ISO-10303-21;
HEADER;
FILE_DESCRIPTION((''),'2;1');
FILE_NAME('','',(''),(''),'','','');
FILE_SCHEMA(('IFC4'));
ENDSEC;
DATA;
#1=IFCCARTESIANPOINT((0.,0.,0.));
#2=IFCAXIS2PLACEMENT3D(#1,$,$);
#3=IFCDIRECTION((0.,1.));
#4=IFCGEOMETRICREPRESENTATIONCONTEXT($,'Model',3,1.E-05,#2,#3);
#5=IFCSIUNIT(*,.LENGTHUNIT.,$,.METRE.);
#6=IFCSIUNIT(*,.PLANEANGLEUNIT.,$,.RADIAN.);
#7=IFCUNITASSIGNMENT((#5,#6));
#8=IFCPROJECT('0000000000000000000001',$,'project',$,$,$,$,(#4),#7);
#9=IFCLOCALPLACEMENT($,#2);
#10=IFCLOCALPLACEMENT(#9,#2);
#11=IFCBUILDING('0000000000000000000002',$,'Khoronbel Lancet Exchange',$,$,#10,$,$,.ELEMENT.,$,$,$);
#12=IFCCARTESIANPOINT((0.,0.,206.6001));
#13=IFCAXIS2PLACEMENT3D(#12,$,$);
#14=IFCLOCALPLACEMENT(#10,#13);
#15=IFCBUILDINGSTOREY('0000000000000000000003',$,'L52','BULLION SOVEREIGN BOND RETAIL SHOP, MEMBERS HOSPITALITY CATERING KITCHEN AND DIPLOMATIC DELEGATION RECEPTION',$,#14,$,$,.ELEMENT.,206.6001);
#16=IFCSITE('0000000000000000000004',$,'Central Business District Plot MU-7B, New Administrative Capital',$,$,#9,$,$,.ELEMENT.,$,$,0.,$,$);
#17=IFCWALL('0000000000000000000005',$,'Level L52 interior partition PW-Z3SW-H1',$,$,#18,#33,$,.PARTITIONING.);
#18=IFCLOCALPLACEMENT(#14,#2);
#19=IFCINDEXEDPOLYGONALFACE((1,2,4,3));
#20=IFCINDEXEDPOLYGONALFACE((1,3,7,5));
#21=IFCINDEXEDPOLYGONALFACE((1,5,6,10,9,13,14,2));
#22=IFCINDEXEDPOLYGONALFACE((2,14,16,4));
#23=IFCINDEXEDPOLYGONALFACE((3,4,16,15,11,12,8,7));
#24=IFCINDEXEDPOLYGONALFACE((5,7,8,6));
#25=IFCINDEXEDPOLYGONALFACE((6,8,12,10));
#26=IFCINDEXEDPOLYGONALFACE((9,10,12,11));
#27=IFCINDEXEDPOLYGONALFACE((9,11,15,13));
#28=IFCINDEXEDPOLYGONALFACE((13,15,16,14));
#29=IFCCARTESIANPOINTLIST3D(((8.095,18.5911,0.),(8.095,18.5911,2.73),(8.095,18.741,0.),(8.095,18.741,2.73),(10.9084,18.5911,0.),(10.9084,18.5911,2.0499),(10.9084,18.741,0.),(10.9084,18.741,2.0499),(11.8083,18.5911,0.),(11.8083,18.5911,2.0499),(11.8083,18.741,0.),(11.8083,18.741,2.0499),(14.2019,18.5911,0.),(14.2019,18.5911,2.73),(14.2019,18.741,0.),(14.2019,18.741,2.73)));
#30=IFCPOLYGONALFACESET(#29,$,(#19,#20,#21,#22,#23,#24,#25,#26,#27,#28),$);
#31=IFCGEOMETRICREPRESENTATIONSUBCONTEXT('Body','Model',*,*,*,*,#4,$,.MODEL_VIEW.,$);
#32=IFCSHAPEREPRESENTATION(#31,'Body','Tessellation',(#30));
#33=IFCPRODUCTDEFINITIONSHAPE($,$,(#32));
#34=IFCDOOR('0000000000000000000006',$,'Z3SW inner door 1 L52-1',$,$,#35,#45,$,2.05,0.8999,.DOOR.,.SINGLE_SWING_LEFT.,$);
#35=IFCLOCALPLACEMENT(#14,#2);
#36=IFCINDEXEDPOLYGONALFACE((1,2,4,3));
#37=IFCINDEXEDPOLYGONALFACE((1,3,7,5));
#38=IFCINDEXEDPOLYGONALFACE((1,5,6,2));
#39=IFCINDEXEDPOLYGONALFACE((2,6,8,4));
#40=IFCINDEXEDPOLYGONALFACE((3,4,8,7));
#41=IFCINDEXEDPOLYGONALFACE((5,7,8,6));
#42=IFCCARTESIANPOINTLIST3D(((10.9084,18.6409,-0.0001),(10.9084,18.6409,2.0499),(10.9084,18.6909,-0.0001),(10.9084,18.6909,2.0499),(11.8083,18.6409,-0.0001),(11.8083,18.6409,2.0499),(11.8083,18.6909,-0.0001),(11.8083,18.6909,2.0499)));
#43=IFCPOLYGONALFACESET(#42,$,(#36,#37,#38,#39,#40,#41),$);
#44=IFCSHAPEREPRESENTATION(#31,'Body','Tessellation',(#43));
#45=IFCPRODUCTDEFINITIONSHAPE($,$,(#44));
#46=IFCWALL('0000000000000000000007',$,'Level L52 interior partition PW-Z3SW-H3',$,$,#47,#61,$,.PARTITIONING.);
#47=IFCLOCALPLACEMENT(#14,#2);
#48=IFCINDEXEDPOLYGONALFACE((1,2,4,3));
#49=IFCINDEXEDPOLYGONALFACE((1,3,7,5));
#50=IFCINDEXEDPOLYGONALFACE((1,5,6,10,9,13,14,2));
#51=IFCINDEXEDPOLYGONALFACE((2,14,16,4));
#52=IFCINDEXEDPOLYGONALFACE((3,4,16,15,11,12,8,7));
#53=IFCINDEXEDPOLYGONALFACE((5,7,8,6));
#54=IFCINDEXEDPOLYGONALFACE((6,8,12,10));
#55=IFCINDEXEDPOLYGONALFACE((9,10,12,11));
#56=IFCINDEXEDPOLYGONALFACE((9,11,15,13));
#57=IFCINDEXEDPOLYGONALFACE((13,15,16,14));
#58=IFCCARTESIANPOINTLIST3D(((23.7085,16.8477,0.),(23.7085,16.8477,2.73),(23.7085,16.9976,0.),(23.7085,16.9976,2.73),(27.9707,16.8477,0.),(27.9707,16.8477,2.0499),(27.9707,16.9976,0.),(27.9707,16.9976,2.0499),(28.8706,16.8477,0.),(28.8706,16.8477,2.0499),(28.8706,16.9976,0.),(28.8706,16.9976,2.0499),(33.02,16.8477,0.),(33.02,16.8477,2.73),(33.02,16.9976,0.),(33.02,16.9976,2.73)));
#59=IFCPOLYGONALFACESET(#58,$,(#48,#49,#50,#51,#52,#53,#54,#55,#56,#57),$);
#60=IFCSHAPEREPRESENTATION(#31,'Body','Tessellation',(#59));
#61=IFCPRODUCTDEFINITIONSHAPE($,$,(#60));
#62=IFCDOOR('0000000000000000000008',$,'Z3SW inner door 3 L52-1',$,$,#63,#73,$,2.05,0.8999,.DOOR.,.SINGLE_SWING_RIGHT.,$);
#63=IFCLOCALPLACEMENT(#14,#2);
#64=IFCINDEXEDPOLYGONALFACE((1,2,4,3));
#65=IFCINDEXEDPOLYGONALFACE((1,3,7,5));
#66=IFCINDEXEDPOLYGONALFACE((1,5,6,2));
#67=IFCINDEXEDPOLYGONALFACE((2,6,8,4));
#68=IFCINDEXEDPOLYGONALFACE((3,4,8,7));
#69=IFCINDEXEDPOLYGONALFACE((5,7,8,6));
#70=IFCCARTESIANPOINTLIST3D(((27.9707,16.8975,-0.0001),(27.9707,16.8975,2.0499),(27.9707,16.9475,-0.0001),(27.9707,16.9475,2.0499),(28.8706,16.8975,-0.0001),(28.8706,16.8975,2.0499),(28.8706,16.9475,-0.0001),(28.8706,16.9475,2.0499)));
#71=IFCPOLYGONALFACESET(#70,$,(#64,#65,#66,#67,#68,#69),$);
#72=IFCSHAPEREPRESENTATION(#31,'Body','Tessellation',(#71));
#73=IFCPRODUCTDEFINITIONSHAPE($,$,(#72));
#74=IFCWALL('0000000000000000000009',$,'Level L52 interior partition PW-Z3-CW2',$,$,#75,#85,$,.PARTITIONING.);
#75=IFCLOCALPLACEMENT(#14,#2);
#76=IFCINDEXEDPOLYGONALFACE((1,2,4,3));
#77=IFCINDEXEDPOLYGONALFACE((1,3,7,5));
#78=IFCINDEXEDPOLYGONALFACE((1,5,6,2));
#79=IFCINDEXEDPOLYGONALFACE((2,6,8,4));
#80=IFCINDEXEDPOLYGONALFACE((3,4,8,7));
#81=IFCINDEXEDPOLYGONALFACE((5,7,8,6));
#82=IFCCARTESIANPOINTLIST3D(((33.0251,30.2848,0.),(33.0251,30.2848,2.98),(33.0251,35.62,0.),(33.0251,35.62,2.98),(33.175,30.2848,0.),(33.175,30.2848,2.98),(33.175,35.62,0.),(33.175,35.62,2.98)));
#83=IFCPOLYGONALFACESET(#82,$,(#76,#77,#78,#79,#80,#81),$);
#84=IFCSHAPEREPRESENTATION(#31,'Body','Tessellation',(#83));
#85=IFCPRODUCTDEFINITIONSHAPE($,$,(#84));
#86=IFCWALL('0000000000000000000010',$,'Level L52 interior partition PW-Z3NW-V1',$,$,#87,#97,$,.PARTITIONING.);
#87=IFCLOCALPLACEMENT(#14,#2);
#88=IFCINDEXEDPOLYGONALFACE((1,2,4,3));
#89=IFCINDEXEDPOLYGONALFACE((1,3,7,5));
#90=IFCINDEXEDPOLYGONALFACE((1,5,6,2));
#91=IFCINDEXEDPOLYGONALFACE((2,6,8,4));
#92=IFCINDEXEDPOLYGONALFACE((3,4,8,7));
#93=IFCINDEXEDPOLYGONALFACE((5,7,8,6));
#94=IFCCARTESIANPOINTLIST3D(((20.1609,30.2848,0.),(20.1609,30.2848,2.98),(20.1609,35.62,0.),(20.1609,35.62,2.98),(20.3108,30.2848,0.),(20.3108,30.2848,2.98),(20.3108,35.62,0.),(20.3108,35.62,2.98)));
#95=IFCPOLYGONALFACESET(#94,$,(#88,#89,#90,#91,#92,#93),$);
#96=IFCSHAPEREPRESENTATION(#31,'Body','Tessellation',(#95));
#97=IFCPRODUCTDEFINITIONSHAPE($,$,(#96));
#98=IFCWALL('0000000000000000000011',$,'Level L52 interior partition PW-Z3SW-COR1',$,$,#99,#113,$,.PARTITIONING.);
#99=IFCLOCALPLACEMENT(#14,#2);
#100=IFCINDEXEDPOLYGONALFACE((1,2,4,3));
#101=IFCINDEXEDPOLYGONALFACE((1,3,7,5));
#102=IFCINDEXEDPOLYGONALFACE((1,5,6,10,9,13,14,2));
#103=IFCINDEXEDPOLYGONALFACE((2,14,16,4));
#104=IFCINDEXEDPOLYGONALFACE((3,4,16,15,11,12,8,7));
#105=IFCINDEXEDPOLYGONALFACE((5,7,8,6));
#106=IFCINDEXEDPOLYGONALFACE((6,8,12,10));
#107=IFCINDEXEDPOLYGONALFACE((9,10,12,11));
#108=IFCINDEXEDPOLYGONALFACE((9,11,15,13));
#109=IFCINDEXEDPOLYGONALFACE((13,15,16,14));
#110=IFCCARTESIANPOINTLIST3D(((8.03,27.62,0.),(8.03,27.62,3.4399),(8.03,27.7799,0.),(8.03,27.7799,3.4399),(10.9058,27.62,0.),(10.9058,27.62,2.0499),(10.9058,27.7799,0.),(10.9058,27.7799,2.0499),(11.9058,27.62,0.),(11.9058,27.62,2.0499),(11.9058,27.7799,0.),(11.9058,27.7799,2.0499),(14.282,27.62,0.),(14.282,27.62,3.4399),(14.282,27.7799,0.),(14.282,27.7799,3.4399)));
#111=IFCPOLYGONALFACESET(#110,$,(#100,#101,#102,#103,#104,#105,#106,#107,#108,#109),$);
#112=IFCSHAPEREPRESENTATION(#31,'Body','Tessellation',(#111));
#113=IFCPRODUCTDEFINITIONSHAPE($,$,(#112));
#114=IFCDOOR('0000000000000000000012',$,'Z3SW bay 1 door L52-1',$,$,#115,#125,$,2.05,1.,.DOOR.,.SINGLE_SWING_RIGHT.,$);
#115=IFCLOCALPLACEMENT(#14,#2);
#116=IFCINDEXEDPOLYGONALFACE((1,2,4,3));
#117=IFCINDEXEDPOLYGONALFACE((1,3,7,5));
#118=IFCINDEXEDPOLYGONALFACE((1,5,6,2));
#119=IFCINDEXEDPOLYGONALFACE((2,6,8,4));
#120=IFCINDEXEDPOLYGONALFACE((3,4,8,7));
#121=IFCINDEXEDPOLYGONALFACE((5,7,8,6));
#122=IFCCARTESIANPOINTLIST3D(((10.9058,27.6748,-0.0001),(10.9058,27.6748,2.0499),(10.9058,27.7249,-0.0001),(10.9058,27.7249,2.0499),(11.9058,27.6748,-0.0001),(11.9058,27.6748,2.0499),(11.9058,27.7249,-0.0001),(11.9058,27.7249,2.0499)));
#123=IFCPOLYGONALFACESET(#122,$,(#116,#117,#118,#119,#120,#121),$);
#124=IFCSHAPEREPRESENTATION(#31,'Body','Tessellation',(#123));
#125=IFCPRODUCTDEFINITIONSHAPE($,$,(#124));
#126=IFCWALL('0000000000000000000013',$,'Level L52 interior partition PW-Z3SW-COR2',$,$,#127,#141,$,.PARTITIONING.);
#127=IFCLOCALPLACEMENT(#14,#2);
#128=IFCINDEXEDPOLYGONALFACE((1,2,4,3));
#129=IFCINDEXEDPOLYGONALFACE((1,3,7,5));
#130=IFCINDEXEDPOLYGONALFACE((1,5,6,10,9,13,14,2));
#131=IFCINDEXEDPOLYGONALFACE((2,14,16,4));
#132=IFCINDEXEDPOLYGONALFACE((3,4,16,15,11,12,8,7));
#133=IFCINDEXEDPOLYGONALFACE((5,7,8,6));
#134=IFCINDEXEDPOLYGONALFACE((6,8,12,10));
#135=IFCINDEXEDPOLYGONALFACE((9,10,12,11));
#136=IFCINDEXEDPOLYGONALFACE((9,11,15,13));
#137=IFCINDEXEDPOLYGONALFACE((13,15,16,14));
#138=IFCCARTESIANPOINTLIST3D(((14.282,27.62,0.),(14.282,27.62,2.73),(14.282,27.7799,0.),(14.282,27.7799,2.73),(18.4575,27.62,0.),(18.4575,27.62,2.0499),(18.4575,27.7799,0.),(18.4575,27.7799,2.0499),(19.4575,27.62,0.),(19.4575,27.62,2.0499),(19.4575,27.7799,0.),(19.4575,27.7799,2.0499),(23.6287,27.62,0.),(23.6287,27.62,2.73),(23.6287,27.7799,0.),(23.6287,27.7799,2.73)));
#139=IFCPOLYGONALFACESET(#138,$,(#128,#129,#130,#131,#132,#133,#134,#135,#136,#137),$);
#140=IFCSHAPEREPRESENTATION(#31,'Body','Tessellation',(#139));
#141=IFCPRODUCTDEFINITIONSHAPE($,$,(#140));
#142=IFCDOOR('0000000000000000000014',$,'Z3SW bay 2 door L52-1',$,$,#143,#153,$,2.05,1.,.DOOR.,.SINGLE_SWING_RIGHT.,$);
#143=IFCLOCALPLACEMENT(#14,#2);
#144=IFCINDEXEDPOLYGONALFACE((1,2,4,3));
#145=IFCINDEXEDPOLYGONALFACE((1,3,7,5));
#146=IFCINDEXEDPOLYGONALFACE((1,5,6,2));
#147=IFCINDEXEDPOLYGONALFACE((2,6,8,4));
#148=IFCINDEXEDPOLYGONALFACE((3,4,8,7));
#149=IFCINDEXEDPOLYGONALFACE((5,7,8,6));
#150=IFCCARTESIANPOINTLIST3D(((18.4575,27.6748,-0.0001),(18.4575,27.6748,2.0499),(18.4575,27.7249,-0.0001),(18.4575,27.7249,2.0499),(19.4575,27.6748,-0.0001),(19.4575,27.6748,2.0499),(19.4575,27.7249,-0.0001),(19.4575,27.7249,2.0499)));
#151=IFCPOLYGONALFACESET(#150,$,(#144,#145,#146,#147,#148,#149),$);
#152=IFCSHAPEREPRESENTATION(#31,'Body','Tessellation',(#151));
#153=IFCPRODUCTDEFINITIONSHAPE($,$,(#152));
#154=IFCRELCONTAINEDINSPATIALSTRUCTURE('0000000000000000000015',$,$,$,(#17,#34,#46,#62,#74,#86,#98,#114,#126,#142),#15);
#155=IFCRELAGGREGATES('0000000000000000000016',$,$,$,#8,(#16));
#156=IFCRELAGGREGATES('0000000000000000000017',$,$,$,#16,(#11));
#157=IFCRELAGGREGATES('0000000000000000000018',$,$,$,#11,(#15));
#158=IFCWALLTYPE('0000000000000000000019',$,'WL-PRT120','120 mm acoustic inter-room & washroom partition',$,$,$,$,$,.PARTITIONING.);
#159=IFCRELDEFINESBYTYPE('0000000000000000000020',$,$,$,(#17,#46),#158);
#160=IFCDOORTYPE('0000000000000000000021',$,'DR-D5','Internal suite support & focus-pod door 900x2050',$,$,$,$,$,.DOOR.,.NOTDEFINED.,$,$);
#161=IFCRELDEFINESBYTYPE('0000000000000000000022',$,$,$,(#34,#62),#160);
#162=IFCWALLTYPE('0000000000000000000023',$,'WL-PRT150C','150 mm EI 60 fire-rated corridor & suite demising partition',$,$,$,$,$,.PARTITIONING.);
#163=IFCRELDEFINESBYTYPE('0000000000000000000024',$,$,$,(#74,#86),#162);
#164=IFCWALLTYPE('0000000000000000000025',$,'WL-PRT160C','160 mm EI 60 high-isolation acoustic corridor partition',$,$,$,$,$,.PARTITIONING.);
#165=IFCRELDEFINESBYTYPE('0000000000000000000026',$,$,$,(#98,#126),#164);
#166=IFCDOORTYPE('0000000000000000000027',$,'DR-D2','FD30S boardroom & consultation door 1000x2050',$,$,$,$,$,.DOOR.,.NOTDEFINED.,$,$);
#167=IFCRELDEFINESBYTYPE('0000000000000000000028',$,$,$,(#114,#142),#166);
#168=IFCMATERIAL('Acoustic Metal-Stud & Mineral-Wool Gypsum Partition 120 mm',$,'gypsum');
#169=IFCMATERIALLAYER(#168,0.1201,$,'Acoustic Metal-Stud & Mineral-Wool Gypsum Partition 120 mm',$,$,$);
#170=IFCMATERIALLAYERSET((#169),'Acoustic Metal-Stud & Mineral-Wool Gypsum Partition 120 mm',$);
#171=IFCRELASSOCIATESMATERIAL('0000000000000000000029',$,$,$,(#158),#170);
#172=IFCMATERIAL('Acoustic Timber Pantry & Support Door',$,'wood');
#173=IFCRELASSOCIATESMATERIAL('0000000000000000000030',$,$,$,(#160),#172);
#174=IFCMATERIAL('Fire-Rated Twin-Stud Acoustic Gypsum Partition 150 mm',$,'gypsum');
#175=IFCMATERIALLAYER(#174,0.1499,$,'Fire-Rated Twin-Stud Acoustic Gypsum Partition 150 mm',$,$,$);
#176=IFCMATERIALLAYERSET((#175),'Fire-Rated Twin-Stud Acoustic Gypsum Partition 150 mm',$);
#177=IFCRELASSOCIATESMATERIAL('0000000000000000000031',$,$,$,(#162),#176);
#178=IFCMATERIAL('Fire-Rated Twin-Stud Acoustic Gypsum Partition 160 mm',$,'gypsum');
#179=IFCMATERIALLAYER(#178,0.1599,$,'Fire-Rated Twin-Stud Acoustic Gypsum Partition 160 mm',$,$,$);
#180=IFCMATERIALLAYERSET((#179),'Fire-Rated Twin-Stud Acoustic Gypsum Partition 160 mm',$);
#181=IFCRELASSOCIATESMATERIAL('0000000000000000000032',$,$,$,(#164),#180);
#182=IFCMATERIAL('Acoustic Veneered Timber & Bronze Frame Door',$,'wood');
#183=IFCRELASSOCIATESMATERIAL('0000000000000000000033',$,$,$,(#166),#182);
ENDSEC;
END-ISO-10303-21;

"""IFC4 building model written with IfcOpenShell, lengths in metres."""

from ifc_helpers import new_model, si_unit, direction, frame, frame_2d, origin, place, context, subcontext, project, spatial, rectangle, extrude, material, layer, layer_set, type_object, element, fill, save


model = new_model("IFC4")

# Units and contexts
model_context = context("Model", 3, precision=1e-05, world=origin(), true_north=direction((0.0, 1.0)))
body_context = subcontext(model_context, "Body", "Model", "MODEL_VIEW")
ifc_project = project(units=[si_unit("LENGTHUNIT", "METRE"), si_unit("PLANEANGLEUNIT", "RADIAN")], contexts=[model_context])

# Site, building, storey
site_placement = place(None, origin())
site = spatial("IfcSite", under=ifc_project, at=site_placement, Name="Central Business District Plot MU-7B, New Administrative Capital", CompositionType="ELEMENT", RefElevation=0.0)
building_placement = place(site_placement, origin())
building = spatial("IfcBuilding", under=site, at=building_placement, Name="Khoronbel Lancet Exchange", CompositionType="ELEMENT")
storey_placement = place(building_placement, frame((0.0, 0.0, 206.6001)))
storey = spatial("IfcBuildingStorey", under=building, at=storey_placement, Name="L52", Description="BULLION SOVEREIGN BOND RETAIL SHOP, MEMBERS HOSPITALITY CATERING KITCHEN AND DIPLOMATIC DELEGATION RECEPTION", CompositionType="ELEMENT", Elevation=206.6001)

# Walls, openings, doors
ifc_material_1 = material(Name="Acoustic Metal-Stud & Mineral-Wool Gypsum Partition 120 mm", Category="gypsum")
ifc_layer_1 = layer(ifc_material_1, 0.1201, Name="Acoustic Metal-Stud & Mineral-Wool Gypsum Partition 120 mm")
ifc_layer_set_1 = layer_set([ifc_layer_1], Name="Acoustic Metal-Stud & Mineral-Wool Gypsum Partition 120 mm")
wall_type_1 = type_object("IfcWallType", Name="WL-PRT120", Description="120 mm acoustic inter-room & washroom partition", PredefinedType="PARTITIONING", material=ifc_layer_set_1)
wall_1_placement = place(storey_placement, frame((8.095, 18.666, 0.0), z_axis=(0.0, 0.0, 1.0), x_axis=(1.0, 0.0, 0.0)))
wall_1 = element("IfcWall", 1, at=wall_1_placement, inside=storey, type_object=wall_type_1, Name="Level L52 interior partition PW-Z3SW-H1", PredefinedType="PARTITIONING", context=body_context, shape_type="SweptSolid", body=[
    extrude(rectangle(XDim=6.1069, YDim=0.1499, at=frame_2d((3.0535, 0.0))), origin(), (0.0, 0.0, 1.0), 2.73),
])
opening_1_placement = place(wall_1_placement, frame((2.8135, 0.0, 0.0)))
opening_1 = element("IfcOpeningElement", 2, at=opening_1_placement, cuts=wall_1, PredefinedType="OPENING", context=body_context, shape_type="SweptSolid", body=[
    extrude(rectangle(XDim=0.8999, YDim=2.05, at=frame_2d((0.45, 1.0249))), frame((0.0, 0.085, 0.0), z_axis=(0.0, -1.0, 0.0), x_axis=(1.0, 0.0, 0.0)), (0.0, 0.0, 1.0), 0.1699),
])
ifc_material_2 = material(Name="Acoustic Timber Pantry & Support Door", Category="wood")
door_type_1 = type_object("IfcDoorType", Name="DR-D5", Description="Internal suite support & focus-pod door 900x2050", OperationType="NOTDEFINED", PredefinedType="DOOR", material=ifc_material_2)
door_1_placement = place(opening_1_placement, origin())
door_1 = element("IfcDoor", 3, at=door_1_placement, inside=storey, type_object=door_type_1, Name="Z3SW inner door 1 L52-1", OperationType="SINGLE_SWING_LEFT", OverallHeight=2.05, OverallWidth=0.8999, PredefinedType="DOOR", context=body_context, shape_type="SweptSolid", body=[
    extrude(rectangle(XDim=0.8999, YDim=2.05, at=frame_2d((0.45, 1.0249))), frame((0.0, 0.0249, 0.0), z_axis=(0.0, -1.0, 0.0), x_axis=(1.0, 0.0, 0.0)), (0.0, 0.0, 1.0), 0.05),
])
fill(opening_1, door_1)
wall_2_placement = place(storey_placement, frame((23.7085, 16.9226, 0.0), z_axis=(0.0, 0.0, 1.0), x_axis=(1.0, 0.0, 0.0)))
wall_2 = element("IfcWall", 4, at=wall_2_placement, inside=storey, type_object=wall_type_1, Name="Level L52 interior partition PW-Z3SW-H3", PredefinedType="PARTITIONING", context=body_context, shape_type="SweptSolid", body=[
    extrude(rectangle(XDim=9.3115, YDim=0.1499, at=frame_2d((4.6558, 0.0))), origin(), (0.0, 0.0, 1.0), 2.73),
])
opening_2_placement = place(wall_2_placement, frame((4.2622, 0.0, 0.0)))
opening_2 = element("IfcOpeningElement", 5, at=opening_2_placement, cuts=wall_2, PredefinedType="OPENING", context=body_context, shape_type="SweptSolid", body=[
    extrude(rectangle(XDim=0.8999, YDim=2.05, at=frame_2d((0.45, 1.0249))), frame((0.0, 0.085, 0.0), z_axis=(0.0, -1.0, 0.0), x_axis=(1.0, 0.0, 0.0)), (0.0, 0.0, 1.0), 0.1699),
])
door_2_placement = place(opening_2_placement, origin())
door_2 = element("IfcDoor", 6, at=door_2_placement, inside=storey, type_object=door_type_1, Name="Z3SW inner door 3 L52-1", OperationType="SINGLE_SWING_RIGHT", OverallHeight=2.05, OverallWidth=0.8999, PredefinedType="DOOR", context=body_context, shape_type="SweptSolid", body=[
    extrude(rectangle(XDim=0.8999, YDim=2.05, at=frame_2d((0.45, 1.0249))), frame((0.0, 0.0249, 0.0), z_axis=(0.0, -1.0, 0.0), x_axis=(1.0, 0.0, 0.0)), (0.0, 0.0, 1.0), 0.05),
])
fill(opening_2, door_2)

# Walls
ifc_material_3 = material(Name="Fire-Rated Twin-Stud Acoustic Gypsum Partition 150 mm", Category="gypsum")
ifc_layer_2 = layer(ifc_material_3, 0.1499, Name="Fire-Rated Twin-Stud Acoustic Gypsum Partition 150 mm")
ifc_layer_set_2 = layer_set([ifc_layer_2], Name="Fire-Rated Twin-Stud Acoustic Gypsum Partition 150 mm")
wall_type_2 = type_object("IfcWallType", Name="WL-PRT150C", Description="150 mm EI 60 fire-rated corridor & suite demising partition", PredefinedType="PARTITIONING", material=ifc_layer_set_2)
for number, where, z_axis, x_axis, name in (
    (7, (33.1001, 30.2849, 0.0), (0.0, 0.0, 1.0), (0.0, 1.0, 0.0), "Level L52 interior partition PW-Z3-CW2"),
    (8, (20.2358, 30.2849, 0.0), (0.0, 0.0, 1.0), (0.0, 1.0, 0.0), "Level L52 interior partition PW-Z3NW-V1"),
):
    element("IfcWall", number, at=place(storey_placement, frame(where, z_axis=z_axis, x_axis=x_axis)), inside=storey, type_object=wall_type_2, Name=name, PredefinedType="PARTITIONING", context=body_context, shape_type="SweptSolid", body=[
        extrude(rectangle(XDim=5.3352, YDim=0.1499, at=frame_2d((2.6675, 0.0))), origin(), (0.0, 0.0, 1.0), 2.98),
    ])

# Walls, openings, doors
ifc_material_4 = material(Name="Fire-Rated Twin-Stud Acoustic Gypsum Partition 160 mm", Category="gypsum")
ifc_layer_3 = layer(ifc_material_4, 0.1599, Name="Fire-Rated Twin-Stud Acoustic Gypsum Partition 160 mm")
ifc_layer_set_3 = layer_set([ifc_layer_3], Name="Fire-Rated Twin-Stud Acoustic Gypsum Partition 160 mm")
wall_type_3 = type_object("IfcWallType", Name="WL-PRT160C", Description="160 mm EI 60 high-isolation acoustic corridor partition", PredefinedType="PARTITIONING", material=ifc_layer_set_3)
wall_3_placement = place(storey_placement, frame((8.03, 27.7, 0.0), z_axis=(0.0, 0.0, 1.0), x_axis=(1.0, 0.0, 0.0)))
wall_3 = element("IfcWall", 9, at=wall_3_placement, inside=storey, type_object=wall_type_3, Name="Level L52 interior partition PW-Z3SW-COR1", PredefinedType="PARTITIONING", context=body_context, shape_type="SweptSolid", body=[
    extrude(rectangle(XDim=6.252, YDim=0.1599, at=frame_2d((3.126, 0.0))), origin(), (0.0, 0.0, 1.0), 3.4399),
])
opening_3_placement = place(wall_3_placement, frame((2.8757, 0.0, 0.0)))
opening_3 = element("IfcOpeningElement", 10, at=opening_3_placement, cuts=wall_3, PredefinedType="OPENING", context=body_context, shape_type="SweptSolid", body=[
    extrude(rectangle(XDim=1.0, YDim=2.05, at=frame_2d((0.5, 1.0249))), frame((0.0, 0.0898, 0.0), z_axis=(0.0, -1.0, 0.0), x_axis=(1.0, 0.0, 0.0)), (0.0, 0.0, 1.0), 0.1799),
])
ifc_material_5 = material(Name="Acoustic Veneered Timber & Bronze Frame Door", Category="wood")
door_type_2 = type_object("IfcDoorType", Name="DR-D2", Description="FD30S boardroom & consultation door 1000x2050", OperationType="NOTDEFINED", PredefinedType="DOOR", material=ifc_material_5)
door_3_placement = place(opening_3_placement, origin())
door_3 = element("IfcDoor", 11, at=door_3_placement, inside=storey, type_object=door_type_2, Name="Z3SW bay 1 door L52-1", OperationType="SINGLE_SWING_RIGHT", OverallHeight=2.05, OverallWidth=1.0, PredefinedType="DOOR", context=body_context, shape_type="SweptSolid", body=[
    extrude(rectangle(XDim=1.0, YDim=2.05, at=frame_2d((0.5, 1.0249))), frame((0.0, 0.0249, 0.0), z_axis=(0.0, -1.0, 0.0), x_axis=(1.0, 0.0, 0.0)), (0.0, 0.0, 1.0), 0.05),
])
fill(opening_3, door_3)
wall_4_placement = place(storey_placement, frame((14.282, 27.7, 0.0), z_axis=(0.0, 0.0, 1.0), x_axis=(1.0, 0.0, 0.0)))
wall_4 = element("IfcWall", 12, at=wall_4_placement, inside=storey, type_object=wall_type_3, Name="Level L52 interior partition PW-Z3SW-COR2", PredefinedType="PARTITIONING", context=body_context, shape_type="SweptSolid", body=[
    extrude(rectangle(XDim=9.3467, YDim=0.1599, at=frame_2d((4.6733, 0.0))), origin(), (0.0, 0.0, 1.0), 2.73),
])
opening_4_placement = place(wall_4_placement, frame((4.1755, 0.0, 0.0)))
opening_4 = element("IfcOpeningElement", 13, at=opening_4_placement, cuts=wall_4, PredefinedType="OPENING", context=body_context, shape_type="SweptSolid", body=[
    extrude(rectangle(XDim=1.0, YDim=2.05, at=frame_2d((0.5, 1.0249))), frame((0.0, 0.0898, 0.0), z_axis=(0.0, -1.0, 0.0), x_axis=(1.0, 0.0, 0.0)), (0.0, 0.0, 1.0), 0.1799),
])
door_4_placement = place(opening_4_placement, origin())
door_4 = element("IfcDoor", 14, at=door_4_placement, inside=storey, type_object=door_type_2, Name="Z3SW bay 2 door L52-1", OperationType="SINGLE_SWING_RIGHT", OverallHeight=2.05, OverallWidth=1.0, PredefinedType="DOOR", context=body_context, shape_type="SweptSolid", body=[
    extrude(rectangle(XDim=1.0, YDim=2.05, at=frame_2d((0.5, 1.0249))), frame((0.0, 0.0249, 0.0), z_axis=(0.0, -1.0, 0.0), x_axis=(1.0, 0.0, 0.0)), (0.0, 0.0, 1.0), 0.05),
])
fill(opening_4, door_4)

save(model, "model.ifc")
